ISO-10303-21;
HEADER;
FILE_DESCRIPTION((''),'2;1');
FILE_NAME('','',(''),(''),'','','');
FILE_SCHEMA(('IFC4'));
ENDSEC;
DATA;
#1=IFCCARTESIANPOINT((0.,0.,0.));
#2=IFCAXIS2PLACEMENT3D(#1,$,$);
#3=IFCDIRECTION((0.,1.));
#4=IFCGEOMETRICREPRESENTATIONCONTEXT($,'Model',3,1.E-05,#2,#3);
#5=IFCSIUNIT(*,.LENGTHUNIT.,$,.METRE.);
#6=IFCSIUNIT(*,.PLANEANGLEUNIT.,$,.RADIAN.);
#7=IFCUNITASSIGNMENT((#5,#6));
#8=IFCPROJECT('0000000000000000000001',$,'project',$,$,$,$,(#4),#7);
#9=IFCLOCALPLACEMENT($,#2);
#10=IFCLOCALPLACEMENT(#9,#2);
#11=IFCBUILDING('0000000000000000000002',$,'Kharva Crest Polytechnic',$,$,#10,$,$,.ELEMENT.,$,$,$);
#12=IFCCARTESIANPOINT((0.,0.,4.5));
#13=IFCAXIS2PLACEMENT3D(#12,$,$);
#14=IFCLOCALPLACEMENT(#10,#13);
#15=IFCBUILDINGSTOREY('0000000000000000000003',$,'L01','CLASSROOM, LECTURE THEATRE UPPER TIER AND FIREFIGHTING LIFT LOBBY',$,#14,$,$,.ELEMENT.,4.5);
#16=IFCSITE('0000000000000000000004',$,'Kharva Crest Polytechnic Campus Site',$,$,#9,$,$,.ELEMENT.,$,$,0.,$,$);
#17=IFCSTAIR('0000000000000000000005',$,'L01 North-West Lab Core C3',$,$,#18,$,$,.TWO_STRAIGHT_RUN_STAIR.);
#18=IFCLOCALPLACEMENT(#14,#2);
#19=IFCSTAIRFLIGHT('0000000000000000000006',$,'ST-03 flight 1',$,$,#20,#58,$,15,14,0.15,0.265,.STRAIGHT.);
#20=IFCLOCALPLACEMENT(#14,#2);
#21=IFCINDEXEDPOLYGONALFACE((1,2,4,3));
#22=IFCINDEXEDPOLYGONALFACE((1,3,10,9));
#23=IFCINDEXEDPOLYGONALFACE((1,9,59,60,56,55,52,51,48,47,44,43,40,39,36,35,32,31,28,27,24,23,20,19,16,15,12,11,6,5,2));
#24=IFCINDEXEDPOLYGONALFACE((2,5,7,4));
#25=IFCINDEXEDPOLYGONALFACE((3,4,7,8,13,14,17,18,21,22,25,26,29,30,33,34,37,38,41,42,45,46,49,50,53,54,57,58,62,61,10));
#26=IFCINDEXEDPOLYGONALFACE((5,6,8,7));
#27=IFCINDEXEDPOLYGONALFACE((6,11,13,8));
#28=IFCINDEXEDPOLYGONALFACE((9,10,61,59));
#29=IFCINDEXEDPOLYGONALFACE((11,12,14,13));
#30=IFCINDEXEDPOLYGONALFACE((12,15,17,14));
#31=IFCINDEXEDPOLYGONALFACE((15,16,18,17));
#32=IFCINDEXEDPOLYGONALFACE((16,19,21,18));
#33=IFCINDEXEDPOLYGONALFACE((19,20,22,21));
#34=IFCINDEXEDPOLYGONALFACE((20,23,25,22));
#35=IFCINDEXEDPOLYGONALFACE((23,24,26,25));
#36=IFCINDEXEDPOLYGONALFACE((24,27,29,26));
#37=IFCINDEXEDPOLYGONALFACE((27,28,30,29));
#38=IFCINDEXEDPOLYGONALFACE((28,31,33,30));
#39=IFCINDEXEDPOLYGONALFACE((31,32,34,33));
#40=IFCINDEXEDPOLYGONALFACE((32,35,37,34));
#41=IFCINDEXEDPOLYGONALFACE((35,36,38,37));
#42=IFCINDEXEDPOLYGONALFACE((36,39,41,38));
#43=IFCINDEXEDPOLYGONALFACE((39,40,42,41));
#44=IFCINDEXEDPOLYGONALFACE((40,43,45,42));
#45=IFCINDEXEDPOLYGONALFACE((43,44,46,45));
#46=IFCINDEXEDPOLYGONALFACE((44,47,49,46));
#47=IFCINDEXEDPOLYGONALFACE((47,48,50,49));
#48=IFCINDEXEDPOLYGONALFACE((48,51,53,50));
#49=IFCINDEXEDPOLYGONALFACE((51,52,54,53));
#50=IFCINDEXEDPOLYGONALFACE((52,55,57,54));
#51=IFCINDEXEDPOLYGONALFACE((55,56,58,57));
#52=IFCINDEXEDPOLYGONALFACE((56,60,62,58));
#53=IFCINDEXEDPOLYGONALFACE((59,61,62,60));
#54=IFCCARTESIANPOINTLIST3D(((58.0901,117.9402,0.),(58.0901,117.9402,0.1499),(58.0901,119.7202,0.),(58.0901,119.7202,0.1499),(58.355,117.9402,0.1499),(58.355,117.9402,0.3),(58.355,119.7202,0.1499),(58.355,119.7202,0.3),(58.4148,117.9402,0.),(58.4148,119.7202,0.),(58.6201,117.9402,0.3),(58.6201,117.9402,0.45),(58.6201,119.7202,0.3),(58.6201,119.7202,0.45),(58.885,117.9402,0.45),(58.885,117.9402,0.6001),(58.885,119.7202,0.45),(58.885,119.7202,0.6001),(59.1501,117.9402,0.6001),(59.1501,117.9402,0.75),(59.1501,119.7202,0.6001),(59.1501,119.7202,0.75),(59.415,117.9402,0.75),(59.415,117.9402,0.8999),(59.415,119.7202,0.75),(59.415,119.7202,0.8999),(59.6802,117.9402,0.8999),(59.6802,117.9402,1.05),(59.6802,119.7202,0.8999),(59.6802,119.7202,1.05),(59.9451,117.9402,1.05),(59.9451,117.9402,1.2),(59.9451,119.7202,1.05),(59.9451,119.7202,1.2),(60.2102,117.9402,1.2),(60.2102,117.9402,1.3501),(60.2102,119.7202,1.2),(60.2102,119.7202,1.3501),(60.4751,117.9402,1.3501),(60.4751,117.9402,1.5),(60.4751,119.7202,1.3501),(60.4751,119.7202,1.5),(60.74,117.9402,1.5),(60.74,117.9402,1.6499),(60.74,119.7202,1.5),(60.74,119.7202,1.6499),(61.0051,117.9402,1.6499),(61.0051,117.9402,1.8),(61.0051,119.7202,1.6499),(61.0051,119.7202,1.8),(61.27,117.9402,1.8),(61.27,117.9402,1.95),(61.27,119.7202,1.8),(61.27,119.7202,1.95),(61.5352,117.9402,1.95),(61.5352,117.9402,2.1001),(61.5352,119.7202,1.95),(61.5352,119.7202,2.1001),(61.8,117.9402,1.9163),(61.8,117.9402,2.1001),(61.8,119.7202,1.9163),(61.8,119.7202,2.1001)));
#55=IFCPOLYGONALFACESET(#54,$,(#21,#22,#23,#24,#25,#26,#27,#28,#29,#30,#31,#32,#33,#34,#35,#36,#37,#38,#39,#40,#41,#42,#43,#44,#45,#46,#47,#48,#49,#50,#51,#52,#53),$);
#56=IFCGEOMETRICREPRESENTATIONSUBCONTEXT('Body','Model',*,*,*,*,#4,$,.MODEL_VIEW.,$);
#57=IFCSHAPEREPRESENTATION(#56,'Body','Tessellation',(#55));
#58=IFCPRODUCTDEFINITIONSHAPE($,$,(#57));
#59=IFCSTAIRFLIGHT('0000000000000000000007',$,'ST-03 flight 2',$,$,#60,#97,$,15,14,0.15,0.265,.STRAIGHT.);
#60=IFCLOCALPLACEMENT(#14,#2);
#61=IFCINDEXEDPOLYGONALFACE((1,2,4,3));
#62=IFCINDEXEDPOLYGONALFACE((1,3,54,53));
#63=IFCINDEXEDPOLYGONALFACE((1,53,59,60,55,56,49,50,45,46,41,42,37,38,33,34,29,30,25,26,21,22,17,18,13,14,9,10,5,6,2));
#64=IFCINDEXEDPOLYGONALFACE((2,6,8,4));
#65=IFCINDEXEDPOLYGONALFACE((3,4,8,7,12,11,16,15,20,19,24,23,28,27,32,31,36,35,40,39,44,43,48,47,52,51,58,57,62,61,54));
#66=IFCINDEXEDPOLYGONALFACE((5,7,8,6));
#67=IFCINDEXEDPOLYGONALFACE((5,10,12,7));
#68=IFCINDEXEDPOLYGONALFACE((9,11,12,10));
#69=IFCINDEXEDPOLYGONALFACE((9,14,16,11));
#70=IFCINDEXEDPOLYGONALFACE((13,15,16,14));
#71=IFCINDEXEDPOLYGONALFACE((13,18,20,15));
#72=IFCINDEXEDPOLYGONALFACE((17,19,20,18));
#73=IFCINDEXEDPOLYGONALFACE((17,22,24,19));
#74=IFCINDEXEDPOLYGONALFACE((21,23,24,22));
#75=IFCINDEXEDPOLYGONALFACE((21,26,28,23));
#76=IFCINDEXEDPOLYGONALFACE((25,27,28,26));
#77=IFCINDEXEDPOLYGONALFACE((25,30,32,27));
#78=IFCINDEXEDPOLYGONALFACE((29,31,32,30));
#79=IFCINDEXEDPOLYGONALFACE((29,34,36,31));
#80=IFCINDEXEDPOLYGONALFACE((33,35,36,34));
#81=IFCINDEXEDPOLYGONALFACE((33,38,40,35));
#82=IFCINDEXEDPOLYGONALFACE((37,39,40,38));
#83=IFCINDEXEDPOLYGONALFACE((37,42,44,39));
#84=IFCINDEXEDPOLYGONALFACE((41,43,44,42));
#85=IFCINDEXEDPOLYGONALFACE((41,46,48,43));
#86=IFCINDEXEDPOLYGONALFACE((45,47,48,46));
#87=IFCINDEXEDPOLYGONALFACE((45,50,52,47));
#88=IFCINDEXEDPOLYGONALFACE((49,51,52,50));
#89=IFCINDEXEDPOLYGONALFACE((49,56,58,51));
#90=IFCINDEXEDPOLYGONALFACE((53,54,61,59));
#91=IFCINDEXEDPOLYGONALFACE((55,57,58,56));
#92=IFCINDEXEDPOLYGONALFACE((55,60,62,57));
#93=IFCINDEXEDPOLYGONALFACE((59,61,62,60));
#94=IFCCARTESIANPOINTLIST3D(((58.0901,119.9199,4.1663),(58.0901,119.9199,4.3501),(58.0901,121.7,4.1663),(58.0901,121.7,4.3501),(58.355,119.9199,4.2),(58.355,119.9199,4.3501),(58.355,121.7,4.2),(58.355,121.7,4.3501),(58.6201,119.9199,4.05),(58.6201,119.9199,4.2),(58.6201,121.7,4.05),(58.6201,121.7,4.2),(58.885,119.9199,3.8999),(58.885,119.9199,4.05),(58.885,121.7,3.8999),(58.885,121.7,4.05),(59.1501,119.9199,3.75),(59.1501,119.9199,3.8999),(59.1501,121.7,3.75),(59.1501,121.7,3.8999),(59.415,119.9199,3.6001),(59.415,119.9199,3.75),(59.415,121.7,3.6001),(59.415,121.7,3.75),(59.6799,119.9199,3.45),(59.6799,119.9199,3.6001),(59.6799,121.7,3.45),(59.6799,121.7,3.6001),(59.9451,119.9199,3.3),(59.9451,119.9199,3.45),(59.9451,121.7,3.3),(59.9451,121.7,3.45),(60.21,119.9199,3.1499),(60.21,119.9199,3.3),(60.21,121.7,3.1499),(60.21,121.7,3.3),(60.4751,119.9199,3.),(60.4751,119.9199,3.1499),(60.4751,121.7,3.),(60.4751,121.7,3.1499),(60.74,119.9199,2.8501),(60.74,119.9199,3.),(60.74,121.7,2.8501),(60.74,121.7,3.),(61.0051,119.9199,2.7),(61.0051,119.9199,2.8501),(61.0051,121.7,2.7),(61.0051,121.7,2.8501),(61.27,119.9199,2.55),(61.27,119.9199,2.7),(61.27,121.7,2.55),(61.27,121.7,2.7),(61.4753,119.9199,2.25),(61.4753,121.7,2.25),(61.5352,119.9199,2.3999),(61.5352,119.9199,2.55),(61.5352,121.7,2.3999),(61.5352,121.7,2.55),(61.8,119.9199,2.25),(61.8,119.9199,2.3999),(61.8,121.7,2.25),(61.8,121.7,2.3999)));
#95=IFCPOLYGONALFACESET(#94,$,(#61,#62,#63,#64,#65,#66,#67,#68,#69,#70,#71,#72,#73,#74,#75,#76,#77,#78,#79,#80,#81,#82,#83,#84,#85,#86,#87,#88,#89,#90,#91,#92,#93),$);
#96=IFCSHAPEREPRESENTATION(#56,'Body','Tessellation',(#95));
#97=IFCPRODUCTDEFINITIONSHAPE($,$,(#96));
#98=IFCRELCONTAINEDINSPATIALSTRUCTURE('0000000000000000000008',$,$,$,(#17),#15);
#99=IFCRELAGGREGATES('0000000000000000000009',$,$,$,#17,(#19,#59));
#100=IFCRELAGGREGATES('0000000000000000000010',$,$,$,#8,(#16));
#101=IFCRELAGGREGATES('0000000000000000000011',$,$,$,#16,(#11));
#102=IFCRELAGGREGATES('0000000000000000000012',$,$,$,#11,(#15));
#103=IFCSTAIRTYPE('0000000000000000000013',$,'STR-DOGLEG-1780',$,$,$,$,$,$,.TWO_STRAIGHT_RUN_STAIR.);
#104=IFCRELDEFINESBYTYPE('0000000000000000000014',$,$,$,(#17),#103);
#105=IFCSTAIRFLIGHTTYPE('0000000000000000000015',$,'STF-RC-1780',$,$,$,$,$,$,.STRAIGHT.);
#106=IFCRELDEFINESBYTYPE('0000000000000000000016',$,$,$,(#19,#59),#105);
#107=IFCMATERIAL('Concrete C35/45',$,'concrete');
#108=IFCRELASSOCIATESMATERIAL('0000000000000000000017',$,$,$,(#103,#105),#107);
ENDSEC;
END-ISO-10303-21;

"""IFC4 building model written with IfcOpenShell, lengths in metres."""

from ifc_helpers import new_model, si_unit, direction, frame, origin, place, context, subcontext, project, spatial, polyline, outline, extrude, material, type_object, element, aggregate, save


model = new_model("IFC4")

# Units and contexts
model_context = context("Model", 3, precision=1e-05, world=origin(), true_north=direction((0.0, 1.0)))
body_context = subcontext(model_context, "Body", "Model", "MODEL_VIEW")
ifc_project = project(units=[si_unit("LENGTHUNIT", "METRE"), si_unit("PLANEANGLEUNIT", "RADIAN")], contexts=[model_context])

# Site, building, storey
site_placement = place(None, origin())
site = spatial("IfcSite", under=ifc_project, at=site_placement, Name="Kharva Crest Polytechnic Campus Site", CompositionType="ELEMENT", RefElevation=0.0)
building_placement = place(site_placement, origin())
building = spatial("IfcBuilding", under=site, at=building_placement, Name="Kharva Crest Polytechnic", CompositionType="ELEMENT")
storey_placement = place(building_placement, frame((0.0, 0.0, 4.5)))
storey = spatial("IfcBuildingStorey", under=building, at=storey_placement, Name="L01", Description="CLASSROOM, LECTURE THEATRE UPPER TIER AND FIREFIGHTING LIFT LOBBY", CompositionType="ELEMENT", Elevation=4.5)

# Shared definitions
ifc_material_1 = material(Name="Concrete C35/45", Category="concrete")

# Stair, stair flights
stair_type = type_object("IfcStairType", Name="STR-DOGLEG-1780", PredefinedType="TWO_STRAIGHT_RUN_STAIR", material=ifc_material_1)
stair_placement = place(storey_placement, origin())
stair = element("IfcStair", 1, at=stair_placement, inside=storey, type_object=stair_type, Name="L01 North-West Lab Core C3", PredefinedType="TWO_STRAIGHT_RUN_STAIR")
stair_flight_type = type_object("IfcStairFlightType", Name="STF-RC-1780", PredefinedType="STRAIGHT", material=ifc_material_1)
stair_flight_1_placement = place(storey_placement, frame((58.0901, 118.8301, 0.0), z_axis=(0.0, 0.0, 1.0), x_axis=(1.0, 0.0, 0.0)))
stair_flight_1 = element("IfcStairFlight", 2, at=stair_flight_1_placement, type_object=stair_flight_type, Name="ST-03 flight 1", NumberOfRisers=15, NumberOfTreads=14, PredefinedType="STRAIGHT", RiserHeight=0.15, TreadLength=0.265, context=body_context, shape_type="SweptSolid", body=[
    extrude(outline(polyline([(0.0, 0.0), (0.0, 0.1499), (0.2649, 0.1499), (0.2649, 0.3), (0.53, 0.3), (0.53, 0.45), (0.7949, 0.45), (0.7949, 0.6001), (1.0601, 0.6001), (1.0601, 0.75), (1.325, 0.75), (1.325, 0.8999), (1.5901, 0.8999), (1.5901, 1.05), (1.855, 1.05), (1.855, 1.2), (2.1201, 1.2), (2.1201, 1.3501), (2.385, 1.3501), (2.385, 1.5), (2.6499, 1.5), (2.6499, 1.6499), (2.915, 1.6499), (2.915, 1.8), (3.1799, 1.8), (3.1799, 1.95), (3.4451, 1.95), (3.4451, 2.1001), (3.71, 2.1001), (3.71, 2.25), (3.71, 1.9163), (0.3247, 0.0), (0.0, 0.0)])), frame((0.0, 0.8901, 0.0), z_axis=(0.0, -1.0, 0.0), x_axis=(1.0, 0.0, 0.0)), (0.0, 0.0, 1.0), 1.78),
])
stair_flight_2_placement = place(storey_placement, frame((61.8, 120.8101, 2.25), z_axis=(0.0, 0.0, 1.0), x_axis=(-1.0, 0.0, 0.0)))
stair_flight_2 = element("IfcStairFlight", 3, at=stair_flight_2_placement, type_object=stair_flight_type, Name="ST-03 flight 2", NumberOfRisers=15, NumberOfTreads=14, PredefinedType="STRAIGHT", RiserHeight=0.15, TreadLength=0.265, context=body_context, shape_type="SweptSolid", body=[
    extrude(outline(polyline([(0.0, 0.0), (0.0, 0.1499), (0.2649, 0.1499), (0.2649, 0.3), (0.53, 0.3), (0.53, 0.45), (0.7949, 0.45), (0.7949, 0.6001), (1.0601, 0.6001), (1.0601, 0.75), (1.325, 0.75), (1.325, 0.8999), (1.5901, 0.8999), (1.5901, 1.05), (1.855, 1.05), (1.855, 1.2), (2.1201, 1.2), (2.1201, 1.3501), (2.385, 1.3501), (2.385, 1.5), (2.6499, 1.5), (2.6499, 1.6499), (2.915, 1.6499), (2.915, 1.8), (3.1799, 1.8), (3.1799, 1.95), (3.4451, 1.95), (3.4451, 2.1001), (3.71, 2.1001), (3.71, 2.25), (3.71, 1.9163), (0.3247, 0.0), (0.0, 0.0)])), frame((0.0, 0.8901, 0.0), z_axis=(0.0, -1.0, 0.0), x_axis=(1.0, 0.0, 0.0)), (0.0, 0.0, 1.0), 1.78),
])
aggregate(stair, [stair_flight_1, stair_flight_2])

save(model, "model.ifc")
